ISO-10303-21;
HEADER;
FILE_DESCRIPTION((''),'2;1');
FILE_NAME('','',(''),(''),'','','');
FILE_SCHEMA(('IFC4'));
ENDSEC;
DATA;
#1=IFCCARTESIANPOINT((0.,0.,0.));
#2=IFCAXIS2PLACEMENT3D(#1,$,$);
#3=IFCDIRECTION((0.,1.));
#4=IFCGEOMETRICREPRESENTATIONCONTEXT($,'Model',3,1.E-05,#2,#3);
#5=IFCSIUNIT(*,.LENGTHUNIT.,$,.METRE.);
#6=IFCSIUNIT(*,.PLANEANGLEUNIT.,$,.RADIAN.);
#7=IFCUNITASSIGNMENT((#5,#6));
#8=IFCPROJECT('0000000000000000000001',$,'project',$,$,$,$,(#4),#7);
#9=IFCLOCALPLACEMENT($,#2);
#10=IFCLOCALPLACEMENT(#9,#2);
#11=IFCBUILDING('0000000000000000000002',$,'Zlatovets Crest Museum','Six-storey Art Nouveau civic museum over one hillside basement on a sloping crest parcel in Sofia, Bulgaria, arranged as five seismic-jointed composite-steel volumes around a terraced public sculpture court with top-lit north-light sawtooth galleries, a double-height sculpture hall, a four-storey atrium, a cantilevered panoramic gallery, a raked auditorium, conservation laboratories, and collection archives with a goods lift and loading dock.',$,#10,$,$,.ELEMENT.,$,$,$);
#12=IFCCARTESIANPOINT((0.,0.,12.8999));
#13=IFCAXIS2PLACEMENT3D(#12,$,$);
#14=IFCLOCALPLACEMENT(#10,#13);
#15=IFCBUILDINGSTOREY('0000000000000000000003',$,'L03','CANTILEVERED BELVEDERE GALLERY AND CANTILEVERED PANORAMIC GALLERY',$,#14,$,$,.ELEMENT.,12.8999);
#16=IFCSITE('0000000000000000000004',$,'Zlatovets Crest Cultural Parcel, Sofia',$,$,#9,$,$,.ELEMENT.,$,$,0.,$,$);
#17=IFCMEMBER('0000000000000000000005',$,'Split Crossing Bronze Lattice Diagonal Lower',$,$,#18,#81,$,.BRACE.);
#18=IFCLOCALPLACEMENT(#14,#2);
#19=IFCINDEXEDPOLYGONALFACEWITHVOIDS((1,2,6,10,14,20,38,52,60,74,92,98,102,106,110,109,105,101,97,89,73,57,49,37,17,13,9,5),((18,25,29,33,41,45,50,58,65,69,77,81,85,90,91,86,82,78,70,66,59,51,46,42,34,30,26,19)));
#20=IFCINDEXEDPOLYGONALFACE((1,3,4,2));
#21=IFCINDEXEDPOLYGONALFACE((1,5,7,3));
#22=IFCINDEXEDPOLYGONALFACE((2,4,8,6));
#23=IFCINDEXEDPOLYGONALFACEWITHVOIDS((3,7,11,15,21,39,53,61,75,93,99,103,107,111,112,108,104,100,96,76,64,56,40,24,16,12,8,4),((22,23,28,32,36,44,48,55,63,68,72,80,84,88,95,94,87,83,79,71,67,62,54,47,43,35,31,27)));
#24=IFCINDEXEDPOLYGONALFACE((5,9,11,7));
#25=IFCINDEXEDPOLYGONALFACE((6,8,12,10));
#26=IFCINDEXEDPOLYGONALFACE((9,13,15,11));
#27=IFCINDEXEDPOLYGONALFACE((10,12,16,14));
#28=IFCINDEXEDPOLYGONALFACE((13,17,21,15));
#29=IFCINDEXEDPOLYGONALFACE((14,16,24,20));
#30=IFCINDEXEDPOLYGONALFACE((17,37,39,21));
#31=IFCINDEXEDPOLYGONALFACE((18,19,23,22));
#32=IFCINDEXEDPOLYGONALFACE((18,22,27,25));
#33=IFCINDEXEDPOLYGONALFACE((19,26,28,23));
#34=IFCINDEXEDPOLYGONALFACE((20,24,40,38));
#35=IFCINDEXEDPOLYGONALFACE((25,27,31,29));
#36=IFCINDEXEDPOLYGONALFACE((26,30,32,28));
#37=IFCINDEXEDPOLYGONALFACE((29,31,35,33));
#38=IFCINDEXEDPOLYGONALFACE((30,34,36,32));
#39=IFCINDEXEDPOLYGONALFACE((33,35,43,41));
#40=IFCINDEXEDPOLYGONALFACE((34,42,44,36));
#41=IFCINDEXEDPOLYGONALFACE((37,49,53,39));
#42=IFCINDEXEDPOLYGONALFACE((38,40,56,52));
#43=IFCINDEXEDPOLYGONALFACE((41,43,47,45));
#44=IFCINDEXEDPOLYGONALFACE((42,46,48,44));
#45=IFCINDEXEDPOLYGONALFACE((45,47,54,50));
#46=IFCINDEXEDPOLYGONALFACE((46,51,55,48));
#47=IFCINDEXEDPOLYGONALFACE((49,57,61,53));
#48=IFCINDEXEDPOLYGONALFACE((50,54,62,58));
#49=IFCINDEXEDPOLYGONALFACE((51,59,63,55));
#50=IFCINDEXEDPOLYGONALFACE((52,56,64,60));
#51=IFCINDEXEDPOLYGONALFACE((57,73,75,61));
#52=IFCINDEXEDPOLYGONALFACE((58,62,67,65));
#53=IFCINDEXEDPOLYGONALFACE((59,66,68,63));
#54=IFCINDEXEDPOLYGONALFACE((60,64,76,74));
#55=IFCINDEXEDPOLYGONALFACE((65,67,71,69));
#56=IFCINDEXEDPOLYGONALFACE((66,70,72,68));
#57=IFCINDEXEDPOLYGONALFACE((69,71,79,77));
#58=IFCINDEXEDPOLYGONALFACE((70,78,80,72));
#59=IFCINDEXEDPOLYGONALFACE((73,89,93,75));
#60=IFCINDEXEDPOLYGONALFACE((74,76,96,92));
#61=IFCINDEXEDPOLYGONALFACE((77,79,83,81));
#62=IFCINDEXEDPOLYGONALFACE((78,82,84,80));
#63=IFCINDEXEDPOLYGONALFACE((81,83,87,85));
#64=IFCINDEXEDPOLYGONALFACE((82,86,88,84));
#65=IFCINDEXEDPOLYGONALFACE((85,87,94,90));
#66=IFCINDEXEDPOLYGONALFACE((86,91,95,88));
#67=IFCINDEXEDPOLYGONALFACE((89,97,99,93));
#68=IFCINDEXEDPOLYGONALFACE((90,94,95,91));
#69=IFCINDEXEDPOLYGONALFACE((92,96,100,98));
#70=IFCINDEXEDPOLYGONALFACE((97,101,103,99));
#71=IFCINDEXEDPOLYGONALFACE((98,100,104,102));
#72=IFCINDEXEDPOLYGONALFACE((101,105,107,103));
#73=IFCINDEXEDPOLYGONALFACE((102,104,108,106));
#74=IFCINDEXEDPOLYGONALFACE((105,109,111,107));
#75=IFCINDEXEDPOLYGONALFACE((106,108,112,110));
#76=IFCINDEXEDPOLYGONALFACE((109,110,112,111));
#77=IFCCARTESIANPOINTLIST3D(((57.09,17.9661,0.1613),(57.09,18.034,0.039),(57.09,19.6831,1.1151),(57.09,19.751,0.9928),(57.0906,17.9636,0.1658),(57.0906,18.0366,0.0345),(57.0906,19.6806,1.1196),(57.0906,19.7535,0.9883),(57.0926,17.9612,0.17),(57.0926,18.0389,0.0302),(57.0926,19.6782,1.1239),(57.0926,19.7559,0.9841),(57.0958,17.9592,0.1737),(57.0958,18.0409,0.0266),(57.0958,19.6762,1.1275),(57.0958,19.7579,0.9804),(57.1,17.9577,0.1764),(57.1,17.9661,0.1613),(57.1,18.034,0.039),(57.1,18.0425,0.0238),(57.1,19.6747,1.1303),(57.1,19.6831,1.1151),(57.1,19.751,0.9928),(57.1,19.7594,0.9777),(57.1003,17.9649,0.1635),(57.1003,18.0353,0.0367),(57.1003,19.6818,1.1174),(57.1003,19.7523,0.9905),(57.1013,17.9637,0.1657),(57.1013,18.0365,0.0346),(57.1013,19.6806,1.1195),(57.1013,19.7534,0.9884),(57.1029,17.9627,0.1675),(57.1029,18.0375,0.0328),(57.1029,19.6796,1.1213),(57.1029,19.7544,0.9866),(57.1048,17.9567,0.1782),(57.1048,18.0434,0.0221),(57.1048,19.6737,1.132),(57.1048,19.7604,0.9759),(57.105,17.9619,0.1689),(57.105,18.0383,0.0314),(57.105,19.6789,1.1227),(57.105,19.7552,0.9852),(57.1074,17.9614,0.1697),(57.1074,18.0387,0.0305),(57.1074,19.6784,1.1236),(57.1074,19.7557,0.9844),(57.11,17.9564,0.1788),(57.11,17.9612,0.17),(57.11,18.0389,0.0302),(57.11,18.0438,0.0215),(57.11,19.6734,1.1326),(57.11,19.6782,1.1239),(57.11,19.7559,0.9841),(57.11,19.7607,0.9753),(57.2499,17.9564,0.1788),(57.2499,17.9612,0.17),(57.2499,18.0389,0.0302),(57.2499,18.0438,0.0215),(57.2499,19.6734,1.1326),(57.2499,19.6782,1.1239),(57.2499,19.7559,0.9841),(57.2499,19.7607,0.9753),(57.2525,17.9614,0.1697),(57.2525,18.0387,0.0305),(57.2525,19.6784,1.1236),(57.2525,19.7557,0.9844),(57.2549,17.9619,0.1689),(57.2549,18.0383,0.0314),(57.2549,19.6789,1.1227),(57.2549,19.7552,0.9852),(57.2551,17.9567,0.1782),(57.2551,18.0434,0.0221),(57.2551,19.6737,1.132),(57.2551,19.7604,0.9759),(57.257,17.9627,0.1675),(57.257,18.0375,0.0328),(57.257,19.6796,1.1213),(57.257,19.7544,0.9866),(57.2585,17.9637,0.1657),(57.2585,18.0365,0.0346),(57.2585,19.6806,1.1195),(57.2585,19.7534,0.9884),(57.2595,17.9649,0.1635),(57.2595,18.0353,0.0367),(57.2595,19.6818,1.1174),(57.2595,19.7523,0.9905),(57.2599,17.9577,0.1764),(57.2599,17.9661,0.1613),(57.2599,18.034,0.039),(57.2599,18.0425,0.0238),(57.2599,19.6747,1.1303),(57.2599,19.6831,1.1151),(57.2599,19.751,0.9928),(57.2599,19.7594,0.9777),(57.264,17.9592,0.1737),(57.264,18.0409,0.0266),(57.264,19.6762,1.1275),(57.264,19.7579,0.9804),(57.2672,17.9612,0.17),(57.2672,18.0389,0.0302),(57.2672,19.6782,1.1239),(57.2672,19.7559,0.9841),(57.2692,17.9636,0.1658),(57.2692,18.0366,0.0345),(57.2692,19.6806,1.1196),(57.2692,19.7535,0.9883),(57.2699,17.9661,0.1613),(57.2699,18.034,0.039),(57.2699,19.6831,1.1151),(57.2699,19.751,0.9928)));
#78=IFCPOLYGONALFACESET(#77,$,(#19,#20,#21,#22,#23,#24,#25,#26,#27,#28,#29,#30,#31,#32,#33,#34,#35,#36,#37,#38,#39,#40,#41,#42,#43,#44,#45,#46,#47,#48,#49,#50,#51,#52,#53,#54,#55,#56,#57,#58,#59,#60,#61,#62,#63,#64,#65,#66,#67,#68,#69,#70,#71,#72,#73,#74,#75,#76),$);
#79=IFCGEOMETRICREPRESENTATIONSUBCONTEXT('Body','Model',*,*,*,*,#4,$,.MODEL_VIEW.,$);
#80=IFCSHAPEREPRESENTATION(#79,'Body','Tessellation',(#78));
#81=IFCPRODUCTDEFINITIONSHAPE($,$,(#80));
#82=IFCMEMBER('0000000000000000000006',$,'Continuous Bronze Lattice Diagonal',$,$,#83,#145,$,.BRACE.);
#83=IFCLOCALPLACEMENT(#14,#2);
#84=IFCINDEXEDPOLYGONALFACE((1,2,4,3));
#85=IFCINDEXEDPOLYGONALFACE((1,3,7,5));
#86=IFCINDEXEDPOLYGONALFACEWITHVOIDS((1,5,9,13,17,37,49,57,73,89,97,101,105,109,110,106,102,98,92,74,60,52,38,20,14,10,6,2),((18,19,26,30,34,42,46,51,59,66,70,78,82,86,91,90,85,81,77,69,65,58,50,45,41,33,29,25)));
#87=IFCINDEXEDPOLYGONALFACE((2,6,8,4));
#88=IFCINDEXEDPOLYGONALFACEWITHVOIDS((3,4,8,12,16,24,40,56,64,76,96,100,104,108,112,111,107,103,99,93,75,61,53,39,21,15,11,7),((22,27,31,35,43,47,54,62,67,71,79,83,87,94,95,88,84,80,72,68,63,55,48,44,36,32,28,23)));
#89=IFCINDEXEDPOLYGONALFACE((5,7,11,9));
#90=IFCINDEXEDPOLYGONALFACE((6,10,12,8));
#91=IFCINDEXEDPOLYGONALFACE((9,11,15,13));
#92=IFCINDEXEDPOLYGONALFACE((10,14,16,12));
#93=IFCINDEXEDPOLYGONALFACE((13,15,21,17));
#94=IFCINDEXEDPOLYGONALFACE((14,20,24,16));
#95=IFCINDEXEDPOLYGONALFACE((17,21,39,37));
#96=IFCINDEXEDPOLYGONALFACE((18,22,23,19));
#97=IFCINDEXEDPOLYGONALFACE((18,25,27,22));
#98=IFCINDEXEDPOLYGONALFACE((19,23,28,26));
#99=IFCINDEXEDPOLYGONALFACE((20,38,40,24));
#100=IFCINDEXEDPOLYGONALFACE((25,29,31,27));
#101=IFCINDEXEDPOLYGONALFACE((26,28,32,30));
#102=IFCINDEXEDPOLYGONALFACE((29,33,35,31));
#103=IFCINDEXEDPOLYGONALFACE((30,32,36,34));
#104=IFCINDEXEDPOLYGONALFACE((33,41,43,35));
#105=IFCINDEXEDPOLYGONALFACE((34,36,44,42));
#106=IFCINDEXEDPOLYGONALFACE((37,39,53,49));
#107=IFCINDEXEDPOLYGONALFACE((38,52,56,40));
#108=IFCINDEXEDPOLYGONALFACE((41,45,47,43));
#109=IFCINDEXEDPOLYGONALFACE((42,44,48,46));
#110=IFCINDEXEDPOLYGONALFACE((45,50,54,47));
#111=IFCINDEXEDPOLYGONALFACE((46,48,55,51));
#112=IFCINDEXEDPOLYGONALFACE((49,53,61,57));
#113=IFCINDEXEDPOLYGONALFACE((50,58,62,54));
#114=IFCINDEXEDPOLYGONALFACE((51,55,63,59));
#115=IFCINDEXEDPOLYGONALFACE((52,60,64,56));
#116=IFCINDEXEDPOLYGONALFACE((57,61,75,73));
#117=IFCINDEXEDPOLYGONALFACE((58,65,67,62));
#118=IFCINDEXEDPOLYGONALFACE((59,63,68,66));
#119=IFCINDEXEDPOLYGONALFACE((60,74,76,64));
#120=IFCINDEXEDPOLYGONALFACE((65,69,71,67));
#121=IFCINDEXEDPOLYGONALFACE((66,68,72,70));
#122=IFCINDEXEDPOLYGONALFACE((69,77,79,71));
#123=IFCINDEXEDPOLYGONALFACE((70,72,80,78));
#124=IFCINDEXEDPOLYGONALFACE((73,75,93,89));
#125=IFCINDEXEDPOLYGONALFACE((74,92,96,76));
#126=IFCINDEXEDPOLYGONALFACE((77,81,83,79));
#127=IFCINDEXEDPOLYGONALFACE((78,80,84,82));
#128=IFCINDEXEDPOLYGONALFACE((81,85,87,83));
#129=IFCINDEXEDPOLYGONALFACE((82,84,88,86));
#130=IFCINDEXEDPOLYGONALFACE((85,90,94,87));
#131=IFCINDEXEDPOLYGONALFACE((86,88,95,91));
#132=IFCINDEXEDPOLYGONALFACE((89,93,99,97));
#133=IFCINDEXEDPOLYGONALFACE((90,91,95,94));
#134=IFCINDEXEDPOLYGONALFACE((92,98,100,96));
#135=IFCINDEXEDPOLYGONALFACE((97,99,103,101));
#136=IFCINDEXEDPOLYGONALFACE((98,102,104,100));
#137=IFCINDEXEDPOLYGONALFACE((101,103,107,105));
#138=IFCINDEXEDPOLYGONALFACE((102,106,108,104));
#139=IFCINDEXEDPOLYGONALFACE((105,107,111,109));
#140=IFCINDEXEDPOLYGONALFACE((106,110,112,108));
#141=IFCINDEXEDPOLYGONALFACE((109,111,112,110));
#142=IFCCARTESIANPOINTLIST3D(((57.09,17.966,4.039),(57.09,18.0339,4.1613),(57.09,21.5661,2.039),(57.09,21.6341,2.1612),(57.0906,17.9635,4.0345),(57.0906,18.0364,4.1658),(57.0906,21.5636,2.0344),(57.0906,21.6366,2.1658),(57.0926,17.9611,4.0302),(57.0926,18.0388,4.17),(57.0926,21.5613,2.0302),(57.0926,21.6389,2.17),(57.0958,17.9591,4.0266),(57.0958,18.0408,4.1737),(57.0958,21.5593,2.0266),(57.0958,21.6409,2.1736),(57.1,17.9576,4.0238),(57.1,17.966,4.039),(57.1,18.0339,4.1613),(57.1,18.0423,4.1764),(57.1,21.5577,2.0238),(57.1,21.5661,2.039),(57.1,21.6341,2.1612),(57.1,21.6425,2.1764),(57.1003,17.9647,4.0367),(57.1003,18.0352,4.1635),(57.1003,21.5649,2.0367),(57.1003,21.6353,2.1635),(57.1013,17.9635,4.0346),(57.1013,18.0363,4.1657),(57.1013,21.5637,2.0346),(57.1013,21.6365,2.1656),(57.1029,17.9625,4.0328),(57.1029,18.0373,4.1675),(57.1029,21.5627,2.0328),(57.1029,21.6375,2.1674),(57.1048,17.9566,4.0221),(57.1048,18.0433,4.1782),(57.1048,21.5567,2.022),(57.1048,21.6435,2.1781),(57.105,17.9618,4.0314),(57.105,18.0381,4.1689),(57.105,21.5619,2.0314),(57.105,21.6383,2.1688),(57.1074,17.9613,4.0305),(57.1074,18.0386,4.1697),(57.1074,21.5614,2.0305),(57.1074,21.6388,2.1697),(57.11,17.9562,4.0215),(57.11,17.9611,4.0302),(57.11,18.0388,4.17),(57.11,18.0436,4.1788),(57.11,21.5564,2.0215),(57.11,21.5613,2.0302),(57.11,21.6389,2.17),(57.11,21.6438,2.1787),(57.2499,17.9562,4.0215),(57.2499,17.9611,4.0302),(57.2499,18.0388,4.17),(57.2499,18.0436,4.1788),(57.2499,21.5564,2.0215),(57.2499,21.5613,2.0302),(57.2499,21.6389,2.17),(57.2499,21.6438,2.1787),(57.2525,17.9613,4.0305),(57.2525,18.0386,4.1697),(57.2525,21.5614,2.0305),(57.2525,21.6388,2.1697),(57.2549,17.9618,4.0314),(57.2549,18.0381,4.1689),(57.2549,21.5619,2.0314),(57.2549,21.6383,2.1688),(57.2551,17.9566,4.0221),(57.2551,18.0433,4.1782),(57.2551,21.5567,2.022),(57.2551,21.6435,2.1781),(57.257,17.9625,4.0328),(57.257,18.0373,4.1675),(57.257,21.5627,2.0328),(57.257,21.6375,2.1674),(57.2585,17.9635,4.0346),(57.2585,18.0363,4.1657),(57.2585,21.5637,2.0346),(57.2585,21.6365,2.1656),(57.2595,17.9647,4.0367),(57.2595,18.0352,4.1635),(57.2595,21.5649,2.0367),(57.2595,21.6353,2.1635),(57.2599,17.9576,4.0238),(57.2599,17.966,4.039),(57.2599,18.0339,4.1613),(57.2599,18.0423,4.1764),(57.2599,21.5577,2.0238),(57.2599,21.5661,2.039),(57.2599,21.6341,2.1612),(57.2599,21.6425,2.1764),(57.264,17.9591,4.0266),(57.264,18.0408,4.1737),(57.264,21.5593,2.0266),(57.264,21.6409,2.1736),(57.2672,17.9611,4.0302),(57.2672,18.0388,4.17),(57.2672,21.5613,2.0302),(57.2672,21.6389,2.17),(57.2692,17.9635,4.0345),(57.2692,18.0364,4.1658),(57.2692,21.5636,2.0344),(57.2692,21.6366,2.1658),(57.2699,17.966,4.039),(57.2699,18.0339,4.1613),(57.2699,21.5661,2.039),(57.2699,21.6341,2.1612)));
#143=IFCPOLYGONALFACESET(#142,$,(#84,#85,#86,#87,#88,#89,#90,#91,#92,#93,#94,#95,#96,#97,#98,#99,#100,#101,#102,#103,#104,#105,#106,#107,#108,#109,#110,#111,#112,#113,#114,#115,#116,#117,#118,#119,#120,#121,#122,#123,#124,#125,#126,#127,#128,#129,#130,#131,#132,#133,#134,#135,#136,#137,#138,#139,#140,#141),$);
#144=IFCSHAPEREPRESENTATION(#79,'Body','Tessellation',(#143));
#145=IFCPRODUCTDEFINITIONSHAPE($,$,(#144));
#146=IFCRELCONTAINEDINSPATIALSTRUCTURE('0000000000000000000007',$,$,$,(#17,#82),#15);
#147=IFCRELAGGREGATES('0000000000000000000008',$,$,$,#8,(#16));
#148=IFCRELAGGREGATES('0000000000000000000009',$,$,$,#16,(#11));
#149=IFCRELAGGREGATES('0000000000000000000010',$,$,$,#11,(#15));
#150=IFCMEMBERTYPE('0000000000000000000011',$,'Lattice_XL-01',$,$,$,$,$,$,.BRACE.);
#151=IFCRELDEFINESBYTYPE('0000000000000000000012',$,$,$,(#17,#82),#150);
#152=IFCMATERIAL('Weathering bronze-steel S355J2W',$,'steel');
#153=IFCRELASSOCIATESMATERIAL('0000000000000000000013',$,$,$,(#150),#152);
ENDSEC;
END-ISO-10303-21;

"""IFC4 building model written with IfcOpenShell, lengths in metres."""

from ifc_helpers import new_model, si_unit, direction, frame, origin, origin_2d, place, context, subcontext, project, spatial, hollow_rectangle, extrude, material, material_profile, profile_set, type_object, element, save


model = new_model("IFC4")

# Units and contexts
model_context = context("Model", 3, precision=1e-05, world=origin(), true_north=direction((0.0, 1.0)))
body_context = subcontext(model_context, "Body", "Model", "MODEL_VIEW")
ifc_project = project(units=[si_unit("LENGTHUNIT", "METRE"), si_unit("PLANEANGLEUNIT", "RADIAN")], contexts=[model_context])

# Site, building, storey
site_placement = place(None, origin())
site = spatial("IfcSite", under=ifc_project, at=site_placement, Name="Zlatovets Crest Cultural Parcel, Sofia", CompositionType="ELEMENT", RefElevation=0.0)
building_placement = place(site_placement, origin())
building = spatial("IfcBuilding", under=site, at=building_placement, Name="Zlatovets Crest Museum", Description="Six-storey Art Nouveau civic museum over one hillside basement on a sloping crest parcel in Sofia, Bulgaria, arranged as five seismic-jointed composite-steel volumes around a terraced public sculpture court with top-lit north-light sawtooth galleries, a double-height sculpture hall, a four-storey atrium, a cantilevered panoramic gallery, a raked auditorium, conservation laboratories, and collection archives with a goods lift and loading dock.", CompositionType="ELEMENT")
storey_placement = place(building_placement, frame((0.0, 0.0, 12.8999)))
storey = spatial("IfcBuildingStorey", under=building, at=storey_placement, Name="L03", Description="CANTILEVERED BELVEDERE GALLERY AND CANTILEVERED PANORAMIC GALLERY", CompositionType="ELEMENT", Elevation=12.8999)

# Members
ifc_material_1 = material(Name="Weathering bronze-steel S355J2W", Category="steel")
ifc_material_profile_1 = material_profile(ifc_material_1, hollow_rectangle(XDim=0.1799, YDim=0.1799, WallThickness=0.01, InnerFilletRadius=0.01, OuterFilletRadius=0.02, at=origin_2d()), Name="SHS 180x180x10.0")
ifc_profile_set_1 = profile_set([ifc_material_profile_1], Name="Weathering bronze-steel S355J2W")
member_type_1 = type_object("IfcMemberType", Name="Lattice_XL-01", PredefinedType="BRACE", material=ifc_profile_set_1)
for number, where, z_axis, x_axis, name in (
    (1, (57.1799, 19.717, 1.054), (0.0, -0.874169, -0.485622), (1.0, 0.0, 0.0), "Split Crossing Bronze Lattice Diagonal Lower"),
):
    element("IfcMember", number, at=place(storey_placement, frame(where, z_axis=z_axis, x_axis=x_axis)), inside=storey, type_object=member_type_1, Name=name, PredefinedType="BRACE", context=body_context, shape_type="SweptSolid", body=[
        extrude(hollow_rectangle(XDim=0.1799, YDim=0.1799, WallThickness=0.01, InnerFilletRadius=0.01, OuterFilletRadius=0.02, at=origin_2d()), origin(), (0.0, 0.0, 1.0), 1.9641),
    ])
member_1_placement = place(storey_placement, frame((57.1799, 21.6001, 2.1001), z_axis=(0.0, -0.874163, 0.485633), x_axis=(1.0, 0.0, 0.0)))
element("IfcMember", 2, at=member_1_placement, inside=storey, type_object=member_type_1, Name="Continuous Bronze Lattice Diagonal", PredefinedType="BRACE", context=body_context, shape_type="SweptSolid", body=[
    extrude(hollow_rectangle(XDim=0.1799, YDim=0.1799, WallThickness=0.01, InnerFilletRadius=0.01, OuterFilletRadius=0.02, at=origin_2d()), origin(), (0.0, 0.0, 1.0), 4.1184),
])

save(model, "model.ifc")
